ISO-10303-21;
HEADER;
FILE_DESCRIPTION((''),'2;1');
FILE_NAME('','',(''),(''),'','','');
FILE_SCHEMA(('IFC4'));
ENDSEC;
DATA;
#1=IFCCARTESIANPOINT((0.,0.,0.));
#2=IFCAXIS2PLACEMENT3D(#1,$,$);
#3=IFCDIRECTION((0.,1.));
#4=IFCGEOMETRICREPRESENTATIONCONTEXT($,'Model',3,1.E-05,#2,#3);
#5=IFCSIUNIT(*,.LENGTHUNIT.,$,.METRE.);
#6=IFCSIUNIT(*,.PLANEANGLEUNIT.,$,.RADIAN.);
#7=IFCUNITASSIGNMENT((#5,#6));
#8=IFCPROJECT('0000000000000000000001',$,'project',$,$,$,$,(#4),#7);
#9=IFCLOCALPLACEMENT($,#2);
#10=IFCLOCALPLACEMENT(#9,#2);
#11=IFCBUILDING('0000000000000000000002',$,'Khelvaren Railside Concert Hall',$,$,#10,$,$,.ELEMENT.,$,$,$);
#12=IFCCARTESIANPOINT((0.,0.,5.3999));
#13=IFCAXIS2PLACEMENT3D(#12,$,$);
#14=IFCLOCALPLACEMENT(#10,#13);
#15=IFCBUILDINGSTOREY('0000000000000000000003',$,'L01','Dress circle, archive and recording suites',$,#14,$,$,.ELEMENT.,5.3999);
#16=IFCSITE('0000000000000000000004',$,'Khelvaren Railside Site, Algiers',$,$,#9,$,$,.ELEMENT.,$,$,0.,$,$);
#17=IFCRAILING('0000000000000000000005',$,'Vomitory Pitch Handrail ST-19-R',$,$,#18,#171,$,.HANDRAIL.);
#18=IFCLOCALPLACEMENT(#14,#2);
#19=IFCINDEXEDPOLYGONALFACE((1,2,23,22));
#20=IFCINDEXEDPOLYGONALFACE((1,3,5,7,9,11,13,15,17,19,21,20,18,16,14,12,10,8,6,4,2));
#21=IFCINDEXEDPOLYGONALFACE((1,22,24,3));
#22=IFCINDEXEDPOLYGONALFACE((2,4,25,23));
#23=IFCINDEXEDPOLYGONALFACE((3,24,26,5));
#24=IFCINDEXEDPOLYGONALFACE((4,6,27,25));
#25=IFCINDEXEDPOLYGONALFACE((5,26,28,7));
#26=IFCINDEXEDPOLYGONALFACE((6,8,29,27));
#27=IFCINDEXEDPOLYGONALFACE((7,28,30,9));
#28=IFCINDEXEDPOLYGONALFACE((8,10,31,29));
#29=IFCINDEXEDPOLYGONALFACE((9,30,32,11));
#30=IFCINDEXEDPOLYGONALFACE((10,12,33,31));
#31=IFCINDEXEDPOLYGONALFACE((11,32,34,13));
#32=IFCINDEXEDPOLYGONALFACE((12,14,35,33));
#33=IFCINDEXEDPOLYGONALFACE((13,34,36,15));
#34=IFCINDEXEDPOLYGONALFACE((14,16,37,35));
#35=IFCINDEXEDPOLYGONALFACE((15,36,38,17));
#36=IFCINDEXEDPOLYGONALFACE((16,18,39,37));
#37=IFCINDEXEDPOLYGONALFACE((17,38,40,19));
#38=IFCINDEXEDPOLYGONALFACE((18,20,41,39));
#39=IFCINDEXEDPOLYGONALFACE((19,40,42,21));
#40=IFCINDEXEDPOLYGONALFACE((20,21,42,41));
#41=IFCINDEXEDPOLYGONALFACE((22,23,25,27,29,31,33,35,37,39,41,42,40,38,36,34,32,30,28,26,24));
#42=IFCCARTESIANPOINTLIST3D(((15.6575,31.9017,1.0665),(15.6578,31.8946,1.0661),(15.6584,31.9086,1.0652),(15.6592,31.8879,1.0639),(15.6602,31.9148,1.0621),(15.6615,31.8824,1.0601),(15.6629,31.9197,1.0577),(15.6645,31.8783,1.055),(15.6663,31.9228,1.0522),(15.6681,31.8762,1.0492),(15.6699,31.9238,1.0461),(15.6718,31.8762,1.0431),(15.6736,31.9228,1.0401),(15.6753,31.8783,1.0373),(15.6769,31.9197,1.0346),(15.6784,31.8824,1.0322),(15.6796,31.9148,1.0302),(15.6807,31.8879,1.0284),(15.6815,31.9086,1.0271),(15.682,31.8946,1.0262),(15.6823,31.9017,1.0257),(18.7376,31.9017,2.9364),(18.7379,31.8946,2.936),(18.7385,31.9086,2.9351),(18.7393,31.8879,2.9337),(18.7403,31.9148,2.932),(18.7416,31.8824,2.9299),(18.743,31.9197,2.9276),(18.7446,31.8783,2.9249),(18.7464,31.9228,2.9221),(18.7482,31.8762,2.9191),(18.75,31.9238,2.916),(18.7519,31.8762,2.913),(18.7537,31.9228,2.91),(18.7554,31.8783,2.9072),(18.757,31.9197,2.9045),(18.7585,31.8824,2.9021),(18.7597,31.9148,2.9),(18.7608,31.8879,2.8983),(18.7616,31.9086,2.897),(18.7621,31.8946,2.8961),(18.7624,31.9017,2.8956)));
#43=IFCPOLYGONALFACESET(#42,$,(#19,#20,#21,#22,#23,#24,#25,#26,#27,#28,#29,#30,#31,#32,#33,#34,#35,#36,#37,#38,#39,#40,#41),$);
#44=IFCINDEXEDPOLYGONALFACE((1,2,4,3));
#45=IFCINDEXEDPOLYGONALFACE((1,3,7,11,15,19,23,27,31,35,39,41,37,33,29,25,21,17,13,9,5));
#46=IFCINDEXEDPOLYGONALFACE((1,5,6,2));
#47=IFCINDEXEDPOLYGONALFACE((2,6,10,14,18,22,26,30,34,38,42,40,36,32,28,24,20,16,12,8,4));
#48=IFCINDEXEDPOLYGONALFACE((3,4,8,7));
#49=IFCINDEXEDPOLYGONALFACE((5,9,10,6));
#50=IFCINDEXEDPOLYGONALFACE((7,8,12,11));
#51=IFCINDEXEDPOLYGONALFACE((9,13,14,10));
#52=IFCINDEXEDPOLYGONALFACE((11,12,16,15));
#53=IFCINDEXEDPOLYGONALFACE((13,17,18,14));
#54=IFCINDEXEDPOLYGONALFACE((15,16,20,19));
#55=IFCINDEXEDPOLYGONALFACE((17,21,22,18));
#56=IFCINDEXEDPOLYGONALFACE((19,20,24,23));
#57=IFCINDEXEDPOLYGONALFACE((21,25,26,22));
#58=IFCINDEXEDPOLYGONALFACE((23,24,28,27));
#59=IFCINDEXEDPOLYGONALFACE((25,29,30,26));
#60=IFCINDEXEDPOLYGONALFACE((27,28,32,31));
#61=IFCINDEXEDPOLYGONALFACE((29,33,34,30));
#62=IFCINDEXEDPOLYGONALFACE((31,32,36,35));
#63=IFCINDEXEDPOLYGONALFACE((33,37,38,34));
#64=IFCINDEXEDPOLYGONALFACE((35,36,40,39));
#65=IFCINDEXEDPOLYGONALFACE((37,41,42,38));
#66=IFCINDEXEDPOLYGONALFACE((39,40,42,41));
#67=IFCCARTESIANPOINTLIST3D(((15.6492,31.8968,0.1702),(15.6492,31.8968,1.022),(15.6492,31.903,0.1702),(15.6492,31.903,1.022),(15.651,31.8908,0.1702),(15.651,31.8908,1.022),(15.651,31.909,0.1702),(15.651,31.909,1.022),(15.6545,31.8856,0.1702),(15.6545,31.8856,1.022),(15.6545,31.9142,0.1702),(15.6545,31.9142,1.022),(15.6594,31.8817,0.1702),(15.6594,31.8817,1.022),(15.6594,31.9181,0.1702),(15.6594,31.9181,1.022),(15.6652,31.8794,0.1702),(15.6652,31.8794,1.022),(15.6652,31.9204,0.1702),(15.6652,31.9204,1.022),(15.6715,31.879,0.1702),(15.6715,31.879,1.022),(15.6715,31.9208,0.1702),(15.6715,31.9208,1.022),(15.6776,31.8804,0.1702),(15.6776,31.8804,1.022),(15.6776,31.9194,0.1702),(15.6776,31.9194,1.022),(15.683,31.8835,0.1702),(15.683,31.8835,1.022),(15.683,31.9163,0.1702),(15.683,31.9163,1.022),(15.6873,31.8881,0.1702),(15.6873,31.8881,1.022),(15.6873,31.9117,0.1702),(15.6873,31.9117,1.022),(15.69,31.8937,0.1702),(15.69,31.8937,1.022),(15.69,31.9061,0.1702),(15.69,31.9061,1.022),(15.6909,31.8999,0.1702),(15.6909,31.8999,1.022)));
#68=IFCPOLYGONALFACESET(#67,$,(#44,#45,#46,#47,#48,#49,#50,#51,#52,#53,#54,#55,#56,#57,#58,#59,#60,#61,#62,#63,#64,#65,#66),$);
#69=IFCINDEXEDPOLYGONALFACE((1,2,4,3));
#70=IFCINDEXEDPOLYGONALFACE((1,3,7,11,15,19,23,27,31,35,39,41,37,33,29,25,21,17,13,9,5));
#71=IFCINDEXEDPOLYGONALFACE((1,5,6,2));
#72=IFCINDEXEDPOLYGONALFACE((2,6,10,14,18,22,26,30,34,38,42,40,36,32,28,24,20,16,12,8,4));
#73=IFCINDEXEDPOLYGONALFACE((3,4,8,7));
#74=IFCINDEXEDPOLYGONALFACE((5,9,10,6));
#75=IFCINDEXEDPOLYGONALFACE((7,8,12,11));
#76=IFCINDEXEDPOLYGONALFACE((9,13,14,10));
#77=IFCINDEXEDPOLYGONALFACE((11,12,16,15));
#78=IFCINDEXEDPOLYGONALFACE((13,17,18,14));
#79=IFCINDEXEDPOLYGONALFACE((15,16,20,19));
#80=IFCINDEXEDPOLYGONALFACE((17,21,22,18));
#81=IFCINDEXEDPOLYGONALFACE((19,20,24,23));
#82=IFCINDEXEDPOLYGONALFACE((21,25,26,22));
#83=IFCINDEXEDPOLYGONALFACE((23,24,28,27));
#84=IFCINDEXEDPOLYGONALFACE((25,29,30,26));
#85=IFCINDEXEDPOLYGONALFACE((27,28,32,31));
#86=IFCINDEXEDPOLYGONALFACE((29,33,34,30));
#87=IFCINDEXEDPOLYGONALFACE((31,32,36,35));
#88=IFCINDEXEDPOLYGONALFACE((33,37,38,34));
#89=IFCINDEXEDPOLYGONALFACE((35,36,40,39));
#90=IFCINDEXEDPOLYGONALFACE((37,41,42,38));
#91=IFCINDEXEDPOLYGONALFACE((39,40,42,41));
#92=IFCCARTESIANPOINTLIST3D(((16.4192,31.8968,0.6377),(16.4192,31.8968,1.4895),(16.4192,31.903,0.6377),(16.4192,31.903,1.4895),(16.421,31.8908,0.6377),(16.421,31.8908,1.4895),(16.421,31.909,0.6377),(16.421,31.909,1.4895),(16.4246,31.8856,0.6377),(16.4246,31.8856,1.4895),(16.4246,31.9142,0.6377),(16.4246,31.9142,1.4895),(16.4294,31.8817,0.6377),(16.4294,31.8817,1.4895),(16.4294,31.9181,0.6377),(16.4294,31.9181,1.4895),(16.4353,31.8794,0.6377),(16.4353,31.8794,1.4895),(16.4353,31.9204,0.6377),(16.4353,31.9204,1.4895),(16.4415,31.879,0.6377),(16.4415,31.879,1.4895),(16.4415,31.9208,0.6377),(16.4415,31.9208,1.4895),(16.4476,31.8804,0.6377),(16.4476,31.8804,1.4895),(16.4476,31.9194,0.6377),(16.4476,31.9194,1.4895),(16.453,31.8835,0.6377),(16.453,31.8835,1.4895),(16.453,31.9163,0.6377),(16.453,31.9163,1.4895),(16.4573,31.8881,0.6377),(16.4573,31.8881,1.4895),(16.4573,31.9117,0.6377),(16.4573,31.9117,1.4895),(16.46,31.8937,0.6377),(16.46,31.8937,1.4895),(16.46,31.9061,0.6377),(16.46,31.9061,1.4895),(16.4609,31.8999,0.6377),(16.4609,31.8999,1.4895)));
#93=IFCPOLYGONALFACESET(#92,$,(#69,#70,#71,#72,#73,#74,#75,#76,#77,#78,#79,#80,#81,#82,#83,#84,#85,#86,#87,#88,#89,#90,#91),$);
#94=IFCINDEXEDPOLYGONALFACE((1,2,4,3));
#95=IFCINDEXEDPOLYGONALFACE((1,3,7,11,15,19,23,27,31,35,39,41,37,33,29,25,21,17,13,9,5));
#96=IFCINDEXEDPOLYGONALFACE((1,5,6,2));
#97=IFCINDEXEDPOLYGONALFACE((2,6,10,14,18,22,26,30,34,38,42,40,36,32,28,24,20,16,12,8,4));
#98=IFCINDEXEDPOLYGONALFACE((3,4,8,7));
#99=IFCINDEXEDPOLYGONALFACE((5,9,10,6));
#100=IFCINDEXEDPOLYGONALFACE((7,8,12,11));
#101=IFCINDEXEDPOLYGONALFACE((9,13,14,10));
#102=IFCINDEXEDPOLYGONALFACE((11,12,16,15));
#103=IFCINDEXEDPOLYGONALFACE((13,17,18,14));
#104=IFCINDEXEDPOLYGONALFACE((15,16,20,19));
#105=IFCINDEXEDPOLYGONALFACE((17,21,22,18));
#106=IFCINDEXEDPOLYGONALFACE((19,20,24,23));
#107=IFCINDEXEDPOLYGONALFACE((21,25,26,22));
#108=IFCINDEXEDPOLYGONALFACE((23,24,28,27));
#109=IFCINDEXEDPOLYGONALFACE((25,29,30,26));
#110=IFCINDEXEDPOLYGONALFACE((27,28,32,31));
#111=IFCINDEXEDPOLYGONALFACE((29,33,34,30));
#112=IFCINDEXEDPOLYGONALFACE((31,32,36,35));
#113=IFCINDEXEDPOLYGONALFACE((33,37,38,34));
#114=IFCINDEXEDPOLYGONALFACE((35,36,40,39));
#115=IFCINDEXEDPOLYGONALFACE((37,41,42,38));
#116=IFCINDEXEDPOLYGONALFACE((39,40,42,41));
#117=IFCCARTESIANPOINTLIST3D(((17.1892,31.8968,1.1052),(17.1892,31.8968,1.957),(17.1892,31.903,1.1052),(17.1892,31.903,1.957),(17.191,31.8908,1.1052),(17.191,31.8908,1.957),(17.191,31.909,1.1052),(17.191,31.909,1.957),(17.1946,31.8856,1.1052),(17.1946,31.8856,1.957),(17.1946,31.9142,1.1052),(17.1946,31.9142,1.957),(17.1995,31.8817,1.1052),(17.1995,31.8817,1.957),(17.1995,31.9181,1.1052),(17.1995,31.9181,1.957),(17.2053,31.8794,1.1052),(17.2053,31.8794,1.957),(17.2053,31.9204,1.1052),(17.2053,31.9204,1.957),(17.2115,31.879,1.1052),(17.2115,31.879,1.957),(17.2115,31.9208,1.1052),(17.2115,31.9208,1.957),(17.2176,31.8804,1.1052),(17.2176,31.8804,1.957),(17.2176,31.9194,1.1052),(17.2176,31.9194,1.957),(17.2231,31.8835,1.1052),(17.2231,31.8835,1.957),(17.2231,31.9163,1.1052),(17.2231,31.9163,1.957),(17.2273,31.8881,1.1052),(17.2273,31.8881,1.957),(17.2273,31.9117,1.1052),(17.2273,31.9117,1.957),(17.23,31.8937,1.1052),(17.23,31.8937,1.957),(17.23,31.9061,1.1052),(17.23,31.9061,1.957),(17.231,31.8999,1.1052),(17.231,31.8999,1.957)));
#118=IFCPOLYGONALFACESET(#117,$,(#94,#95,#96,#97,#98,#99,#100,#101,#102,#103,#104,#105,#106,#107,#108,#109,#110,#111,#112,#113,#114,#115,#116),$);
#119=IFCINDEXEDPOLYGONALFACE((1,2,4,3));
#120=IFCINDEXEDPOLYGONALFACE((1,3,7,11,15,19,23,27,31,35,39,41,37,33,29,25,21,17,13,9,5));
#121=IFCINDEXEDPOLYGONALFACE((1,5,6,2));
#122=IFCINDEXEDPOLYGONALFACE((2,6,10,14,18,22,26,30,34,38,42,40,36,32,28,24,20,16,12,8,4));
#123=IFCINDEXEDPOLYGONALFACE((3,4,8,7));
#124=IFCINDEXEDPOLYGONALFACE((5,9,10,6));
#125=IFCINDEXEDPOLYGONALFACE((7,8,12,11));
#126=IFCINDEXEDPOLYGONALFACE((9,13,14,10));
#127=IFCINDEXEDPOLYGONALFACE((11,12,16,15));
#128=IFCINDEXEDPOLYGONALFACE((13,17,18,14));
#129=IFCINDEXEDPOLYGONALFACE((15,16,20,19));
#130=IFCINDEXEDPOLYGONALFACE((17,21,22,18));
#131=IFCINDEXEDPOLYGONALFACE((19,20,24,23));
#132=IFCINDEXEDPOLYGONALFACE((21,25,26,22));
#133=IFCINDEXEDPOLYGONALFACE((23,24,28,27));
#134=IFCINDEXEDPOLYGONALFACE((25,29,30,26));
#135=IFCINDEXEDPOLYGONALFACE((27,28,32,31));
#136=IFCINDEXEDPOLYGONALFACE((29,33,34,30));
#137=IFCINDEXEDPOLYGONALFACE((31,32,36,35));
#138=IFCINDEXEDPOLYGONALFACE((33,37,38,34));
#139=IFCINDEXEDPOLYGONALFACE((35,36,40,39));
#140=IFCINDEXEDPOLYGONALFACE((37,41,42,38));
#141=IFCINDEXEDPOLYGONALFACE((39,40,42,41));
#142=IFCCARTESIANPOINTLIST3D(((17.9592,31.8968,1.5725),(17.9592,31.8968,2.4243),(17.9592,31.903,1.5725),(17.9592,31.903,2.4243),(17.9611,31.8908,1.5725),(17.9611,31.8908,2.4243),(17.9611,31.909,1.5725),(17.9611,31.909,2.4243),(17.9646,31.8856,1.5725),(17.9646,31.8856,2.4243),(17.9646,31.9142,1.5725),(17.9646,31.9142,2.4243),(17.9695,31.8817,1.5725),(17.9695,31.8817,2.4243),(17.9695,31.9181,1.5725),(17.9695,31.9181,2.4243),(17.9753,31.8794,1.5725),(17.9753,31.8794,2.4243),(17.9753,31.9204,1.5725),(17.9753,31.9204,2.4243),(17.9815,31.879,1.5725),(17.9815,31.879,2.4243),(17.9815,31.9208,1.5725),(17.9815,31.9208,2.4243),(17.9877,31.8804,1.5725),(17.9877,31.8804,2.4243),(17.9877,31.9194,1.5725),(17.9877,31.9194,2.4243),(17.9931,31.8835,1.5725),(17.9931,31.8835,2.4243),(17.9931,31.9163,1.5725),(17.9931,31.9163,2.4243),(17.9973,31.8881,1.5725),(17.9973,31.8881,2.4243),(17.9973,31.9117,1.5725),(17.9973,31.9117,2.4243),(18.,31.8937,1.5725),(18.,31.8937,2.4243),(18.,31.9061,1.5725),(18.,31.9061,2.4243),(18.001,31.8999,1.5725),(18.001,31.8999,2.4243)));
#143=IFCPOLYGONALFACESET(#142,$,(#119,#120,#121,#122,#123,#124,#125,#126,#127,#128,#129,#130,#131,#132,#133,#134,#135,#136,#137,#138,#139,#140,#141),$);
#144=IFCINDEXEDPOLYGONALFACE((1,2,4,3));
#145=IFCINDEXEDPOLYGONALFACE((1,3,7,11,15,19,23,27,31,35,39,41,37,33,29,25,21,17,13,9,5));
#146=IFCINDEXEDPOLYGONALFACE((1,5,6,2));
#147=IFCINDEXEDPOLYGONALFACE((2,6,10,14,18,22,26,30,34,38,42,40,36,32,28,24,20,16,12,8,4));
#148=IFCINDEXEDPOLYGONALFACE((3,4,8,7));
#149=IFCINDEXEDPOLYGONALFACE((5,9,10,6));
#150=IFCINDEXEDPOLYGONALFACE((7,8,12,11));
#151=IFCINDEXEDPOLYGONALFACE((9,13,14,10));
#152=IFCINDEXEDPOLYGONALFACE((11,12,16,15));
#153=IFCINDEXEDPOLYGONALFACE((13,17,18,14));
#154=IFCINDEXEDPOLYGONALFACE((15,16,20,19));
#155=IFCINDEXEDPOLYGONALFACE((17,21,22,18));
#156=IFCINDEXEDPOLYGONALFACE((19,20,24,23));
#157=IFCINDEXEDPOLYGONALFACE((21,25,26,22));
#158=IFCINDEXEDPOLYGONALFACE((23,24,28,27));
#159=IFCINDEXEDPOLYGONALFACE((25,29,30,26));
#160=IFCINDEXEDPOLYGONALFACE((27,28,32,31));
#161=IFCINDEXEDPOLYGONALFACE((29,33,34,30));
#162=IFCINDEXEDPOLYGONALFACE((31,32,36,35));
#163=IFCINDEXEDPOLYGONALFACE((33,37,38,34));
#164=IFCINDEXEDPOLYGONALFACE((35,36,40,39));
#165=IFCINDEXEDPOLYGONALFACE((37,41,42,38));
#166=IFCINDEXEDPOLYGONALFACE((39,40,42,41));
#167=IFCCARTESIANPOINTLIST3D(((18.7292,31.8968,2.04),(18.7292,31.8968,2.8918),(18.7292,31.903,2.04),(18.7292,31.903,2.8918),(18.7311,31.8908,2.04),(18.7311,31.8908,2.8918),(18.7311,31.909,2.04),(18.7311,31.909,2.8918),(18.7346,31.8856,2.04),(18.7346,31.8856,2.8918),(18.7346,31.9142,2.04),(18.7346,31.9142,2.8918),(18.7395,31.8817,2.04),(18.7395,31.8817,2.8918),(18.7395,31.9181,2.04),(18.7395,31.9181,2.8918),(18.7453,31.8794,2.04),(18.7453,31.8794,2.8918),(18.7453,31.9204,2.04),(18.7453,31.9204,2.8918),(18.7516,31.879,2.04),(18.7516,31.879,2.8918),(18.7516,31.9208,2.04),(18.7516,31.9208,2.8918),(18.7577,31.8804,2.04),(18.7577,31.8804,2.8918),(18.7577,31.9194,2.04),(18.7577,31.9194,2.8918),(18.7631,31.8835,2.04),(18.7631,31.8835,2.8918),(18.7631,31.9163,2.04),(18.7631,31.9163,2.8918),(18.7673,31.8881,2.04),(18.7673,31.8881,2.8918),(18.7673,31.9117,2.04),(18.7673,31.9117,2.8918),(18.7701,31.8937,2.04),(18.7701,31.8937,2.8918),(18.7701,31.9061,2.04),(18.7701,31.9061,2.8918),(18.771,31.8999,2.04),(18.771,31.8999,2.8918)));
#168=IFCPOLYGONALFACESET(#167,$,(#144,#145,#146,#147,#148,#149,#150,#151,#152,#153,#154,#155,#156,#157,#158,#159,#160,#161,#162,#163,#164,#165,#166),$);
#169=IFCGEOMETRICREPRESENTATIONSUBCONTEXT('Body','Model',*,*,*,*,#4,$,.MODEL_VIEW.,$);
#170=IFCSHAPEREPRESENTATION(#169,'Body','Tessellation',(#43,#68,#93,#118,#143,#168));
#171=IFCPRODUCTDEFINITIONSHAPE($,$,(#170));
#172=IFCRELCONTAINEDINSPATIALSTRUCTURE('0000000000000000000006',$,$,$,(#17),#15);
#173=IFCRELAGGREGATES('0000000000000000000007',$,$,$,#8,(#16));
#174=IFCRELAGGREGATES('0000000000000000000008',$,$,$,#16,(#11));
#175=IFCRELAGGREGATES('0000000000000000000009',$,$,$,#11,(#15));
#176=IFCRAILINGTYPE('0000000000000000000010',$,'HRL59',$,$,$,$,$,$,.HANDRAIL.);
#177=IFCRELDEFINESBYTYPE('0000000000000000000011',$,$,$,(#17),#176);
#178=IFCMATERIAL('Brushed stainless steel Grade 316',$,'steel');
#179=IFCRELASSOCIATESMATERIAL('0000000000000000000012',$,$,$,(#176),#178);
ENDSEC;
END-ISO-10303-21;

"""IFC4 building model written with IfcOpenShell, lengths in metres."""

from ifc_helpers import new_model, si_unit, direction, frame, origin, origin_2d, place, context, subcontext, project, spatial, circle, extrude, material, type_object, element, save


model = new_model("IFC4")

# Units and contexts
model_context = context("Model", 3, precision=1e-05, world=origin(), true_north=direction((0.0, 1.0)))
body_context = subcontext(model_context, "Body", "Model", "MODEL_VIEW")
ifc_project = project(units=[si_unit("LENGTHUNIT", "METRE"), si_unit("PLANEANGLEUNIT", "RADIAN")], contexts=[model_context])

# Site, building, storey
site_placement = place(None, origin())
site = spatial("IfcSite", under=ifc_project, at=site_placement, Name="Khelvaren Railside Site, Algiers", CompositionType="ELEMENT", RefElevation=0.0)
building_placement = place(site_placement, origin())
building = spatial("IfcBuilding", under=site, at=building_placement, Name="Khelvaren Railside Concert Hall", CompositionType="ELEMENT")
storey_placement = place(building_placement, frame((0.0, 0.0, 5.3999)))
storey = spatial("IfcBuildingStorey", under=building, at=storey_placement, Name="L01", Description="Dress circle, archive and recording suites", CompositionType="ELEMENT", Elevation=5.3999)

# Railing
ifc_material_1 = material(Name="Brushed stainless steel Grade 316", Category="steel")
railing_type_1 = type_object("IfcRailingType", Name="HRL59", PredefinedType="HANDRAIL", material=ifc_material_1)
for number, where, name in (
    (1, (15.6699, 31.8999, 0.1702), "Vomitory Pitch Handrail ST-19-R"),
):
    element("IfcRailing", number, at=place(storey_placement, frame(where)), inside=storey, type_object=railing_type_1, Name=name, PredefinedType="HANDRAIL", context=body_context, shape_type="SweptSolid", body=[
        extrude(circle(Radius=0.0239, at=origin_2d()), frame((0.0, 0.0, 0.876), z_axis=(0.854809, 0.0, 0.518943), x_axis=(0.0, 1.0, 0.0)), (0.0, 0.0, 1.0), 3.6033),
        extrude(circle(Radius=0.021, at=origin_2d()), origin(), (0.0, 0.0, 1.0), 0.8518),
        extrude(circle(Radius=0.021, at=origin_2d()), frame((0.77, 0.0, 0.4675)), (0.0, 0.0, 1.0), 0.8518),
        extrude(circle(Radius=0.021, at=origin_2d()), frame((1.54, 0.0, 0.9351)), (0.0, 0.0, 1.0), 0.8518),
        extrude(circle(Radius=0.021, at=origin_2d()), frame((2.3101, 0.0, 1.4023)), (0.0, 0.0, 1.0), 0.8518),
        extrude(circle(Radius=0.021, at=origin_2d()), frame((3.0801, 0.0, 1.8699)), (0.0, 0.0, 1.0), 0.8518),
    ])

save(model, "model.ifc")
